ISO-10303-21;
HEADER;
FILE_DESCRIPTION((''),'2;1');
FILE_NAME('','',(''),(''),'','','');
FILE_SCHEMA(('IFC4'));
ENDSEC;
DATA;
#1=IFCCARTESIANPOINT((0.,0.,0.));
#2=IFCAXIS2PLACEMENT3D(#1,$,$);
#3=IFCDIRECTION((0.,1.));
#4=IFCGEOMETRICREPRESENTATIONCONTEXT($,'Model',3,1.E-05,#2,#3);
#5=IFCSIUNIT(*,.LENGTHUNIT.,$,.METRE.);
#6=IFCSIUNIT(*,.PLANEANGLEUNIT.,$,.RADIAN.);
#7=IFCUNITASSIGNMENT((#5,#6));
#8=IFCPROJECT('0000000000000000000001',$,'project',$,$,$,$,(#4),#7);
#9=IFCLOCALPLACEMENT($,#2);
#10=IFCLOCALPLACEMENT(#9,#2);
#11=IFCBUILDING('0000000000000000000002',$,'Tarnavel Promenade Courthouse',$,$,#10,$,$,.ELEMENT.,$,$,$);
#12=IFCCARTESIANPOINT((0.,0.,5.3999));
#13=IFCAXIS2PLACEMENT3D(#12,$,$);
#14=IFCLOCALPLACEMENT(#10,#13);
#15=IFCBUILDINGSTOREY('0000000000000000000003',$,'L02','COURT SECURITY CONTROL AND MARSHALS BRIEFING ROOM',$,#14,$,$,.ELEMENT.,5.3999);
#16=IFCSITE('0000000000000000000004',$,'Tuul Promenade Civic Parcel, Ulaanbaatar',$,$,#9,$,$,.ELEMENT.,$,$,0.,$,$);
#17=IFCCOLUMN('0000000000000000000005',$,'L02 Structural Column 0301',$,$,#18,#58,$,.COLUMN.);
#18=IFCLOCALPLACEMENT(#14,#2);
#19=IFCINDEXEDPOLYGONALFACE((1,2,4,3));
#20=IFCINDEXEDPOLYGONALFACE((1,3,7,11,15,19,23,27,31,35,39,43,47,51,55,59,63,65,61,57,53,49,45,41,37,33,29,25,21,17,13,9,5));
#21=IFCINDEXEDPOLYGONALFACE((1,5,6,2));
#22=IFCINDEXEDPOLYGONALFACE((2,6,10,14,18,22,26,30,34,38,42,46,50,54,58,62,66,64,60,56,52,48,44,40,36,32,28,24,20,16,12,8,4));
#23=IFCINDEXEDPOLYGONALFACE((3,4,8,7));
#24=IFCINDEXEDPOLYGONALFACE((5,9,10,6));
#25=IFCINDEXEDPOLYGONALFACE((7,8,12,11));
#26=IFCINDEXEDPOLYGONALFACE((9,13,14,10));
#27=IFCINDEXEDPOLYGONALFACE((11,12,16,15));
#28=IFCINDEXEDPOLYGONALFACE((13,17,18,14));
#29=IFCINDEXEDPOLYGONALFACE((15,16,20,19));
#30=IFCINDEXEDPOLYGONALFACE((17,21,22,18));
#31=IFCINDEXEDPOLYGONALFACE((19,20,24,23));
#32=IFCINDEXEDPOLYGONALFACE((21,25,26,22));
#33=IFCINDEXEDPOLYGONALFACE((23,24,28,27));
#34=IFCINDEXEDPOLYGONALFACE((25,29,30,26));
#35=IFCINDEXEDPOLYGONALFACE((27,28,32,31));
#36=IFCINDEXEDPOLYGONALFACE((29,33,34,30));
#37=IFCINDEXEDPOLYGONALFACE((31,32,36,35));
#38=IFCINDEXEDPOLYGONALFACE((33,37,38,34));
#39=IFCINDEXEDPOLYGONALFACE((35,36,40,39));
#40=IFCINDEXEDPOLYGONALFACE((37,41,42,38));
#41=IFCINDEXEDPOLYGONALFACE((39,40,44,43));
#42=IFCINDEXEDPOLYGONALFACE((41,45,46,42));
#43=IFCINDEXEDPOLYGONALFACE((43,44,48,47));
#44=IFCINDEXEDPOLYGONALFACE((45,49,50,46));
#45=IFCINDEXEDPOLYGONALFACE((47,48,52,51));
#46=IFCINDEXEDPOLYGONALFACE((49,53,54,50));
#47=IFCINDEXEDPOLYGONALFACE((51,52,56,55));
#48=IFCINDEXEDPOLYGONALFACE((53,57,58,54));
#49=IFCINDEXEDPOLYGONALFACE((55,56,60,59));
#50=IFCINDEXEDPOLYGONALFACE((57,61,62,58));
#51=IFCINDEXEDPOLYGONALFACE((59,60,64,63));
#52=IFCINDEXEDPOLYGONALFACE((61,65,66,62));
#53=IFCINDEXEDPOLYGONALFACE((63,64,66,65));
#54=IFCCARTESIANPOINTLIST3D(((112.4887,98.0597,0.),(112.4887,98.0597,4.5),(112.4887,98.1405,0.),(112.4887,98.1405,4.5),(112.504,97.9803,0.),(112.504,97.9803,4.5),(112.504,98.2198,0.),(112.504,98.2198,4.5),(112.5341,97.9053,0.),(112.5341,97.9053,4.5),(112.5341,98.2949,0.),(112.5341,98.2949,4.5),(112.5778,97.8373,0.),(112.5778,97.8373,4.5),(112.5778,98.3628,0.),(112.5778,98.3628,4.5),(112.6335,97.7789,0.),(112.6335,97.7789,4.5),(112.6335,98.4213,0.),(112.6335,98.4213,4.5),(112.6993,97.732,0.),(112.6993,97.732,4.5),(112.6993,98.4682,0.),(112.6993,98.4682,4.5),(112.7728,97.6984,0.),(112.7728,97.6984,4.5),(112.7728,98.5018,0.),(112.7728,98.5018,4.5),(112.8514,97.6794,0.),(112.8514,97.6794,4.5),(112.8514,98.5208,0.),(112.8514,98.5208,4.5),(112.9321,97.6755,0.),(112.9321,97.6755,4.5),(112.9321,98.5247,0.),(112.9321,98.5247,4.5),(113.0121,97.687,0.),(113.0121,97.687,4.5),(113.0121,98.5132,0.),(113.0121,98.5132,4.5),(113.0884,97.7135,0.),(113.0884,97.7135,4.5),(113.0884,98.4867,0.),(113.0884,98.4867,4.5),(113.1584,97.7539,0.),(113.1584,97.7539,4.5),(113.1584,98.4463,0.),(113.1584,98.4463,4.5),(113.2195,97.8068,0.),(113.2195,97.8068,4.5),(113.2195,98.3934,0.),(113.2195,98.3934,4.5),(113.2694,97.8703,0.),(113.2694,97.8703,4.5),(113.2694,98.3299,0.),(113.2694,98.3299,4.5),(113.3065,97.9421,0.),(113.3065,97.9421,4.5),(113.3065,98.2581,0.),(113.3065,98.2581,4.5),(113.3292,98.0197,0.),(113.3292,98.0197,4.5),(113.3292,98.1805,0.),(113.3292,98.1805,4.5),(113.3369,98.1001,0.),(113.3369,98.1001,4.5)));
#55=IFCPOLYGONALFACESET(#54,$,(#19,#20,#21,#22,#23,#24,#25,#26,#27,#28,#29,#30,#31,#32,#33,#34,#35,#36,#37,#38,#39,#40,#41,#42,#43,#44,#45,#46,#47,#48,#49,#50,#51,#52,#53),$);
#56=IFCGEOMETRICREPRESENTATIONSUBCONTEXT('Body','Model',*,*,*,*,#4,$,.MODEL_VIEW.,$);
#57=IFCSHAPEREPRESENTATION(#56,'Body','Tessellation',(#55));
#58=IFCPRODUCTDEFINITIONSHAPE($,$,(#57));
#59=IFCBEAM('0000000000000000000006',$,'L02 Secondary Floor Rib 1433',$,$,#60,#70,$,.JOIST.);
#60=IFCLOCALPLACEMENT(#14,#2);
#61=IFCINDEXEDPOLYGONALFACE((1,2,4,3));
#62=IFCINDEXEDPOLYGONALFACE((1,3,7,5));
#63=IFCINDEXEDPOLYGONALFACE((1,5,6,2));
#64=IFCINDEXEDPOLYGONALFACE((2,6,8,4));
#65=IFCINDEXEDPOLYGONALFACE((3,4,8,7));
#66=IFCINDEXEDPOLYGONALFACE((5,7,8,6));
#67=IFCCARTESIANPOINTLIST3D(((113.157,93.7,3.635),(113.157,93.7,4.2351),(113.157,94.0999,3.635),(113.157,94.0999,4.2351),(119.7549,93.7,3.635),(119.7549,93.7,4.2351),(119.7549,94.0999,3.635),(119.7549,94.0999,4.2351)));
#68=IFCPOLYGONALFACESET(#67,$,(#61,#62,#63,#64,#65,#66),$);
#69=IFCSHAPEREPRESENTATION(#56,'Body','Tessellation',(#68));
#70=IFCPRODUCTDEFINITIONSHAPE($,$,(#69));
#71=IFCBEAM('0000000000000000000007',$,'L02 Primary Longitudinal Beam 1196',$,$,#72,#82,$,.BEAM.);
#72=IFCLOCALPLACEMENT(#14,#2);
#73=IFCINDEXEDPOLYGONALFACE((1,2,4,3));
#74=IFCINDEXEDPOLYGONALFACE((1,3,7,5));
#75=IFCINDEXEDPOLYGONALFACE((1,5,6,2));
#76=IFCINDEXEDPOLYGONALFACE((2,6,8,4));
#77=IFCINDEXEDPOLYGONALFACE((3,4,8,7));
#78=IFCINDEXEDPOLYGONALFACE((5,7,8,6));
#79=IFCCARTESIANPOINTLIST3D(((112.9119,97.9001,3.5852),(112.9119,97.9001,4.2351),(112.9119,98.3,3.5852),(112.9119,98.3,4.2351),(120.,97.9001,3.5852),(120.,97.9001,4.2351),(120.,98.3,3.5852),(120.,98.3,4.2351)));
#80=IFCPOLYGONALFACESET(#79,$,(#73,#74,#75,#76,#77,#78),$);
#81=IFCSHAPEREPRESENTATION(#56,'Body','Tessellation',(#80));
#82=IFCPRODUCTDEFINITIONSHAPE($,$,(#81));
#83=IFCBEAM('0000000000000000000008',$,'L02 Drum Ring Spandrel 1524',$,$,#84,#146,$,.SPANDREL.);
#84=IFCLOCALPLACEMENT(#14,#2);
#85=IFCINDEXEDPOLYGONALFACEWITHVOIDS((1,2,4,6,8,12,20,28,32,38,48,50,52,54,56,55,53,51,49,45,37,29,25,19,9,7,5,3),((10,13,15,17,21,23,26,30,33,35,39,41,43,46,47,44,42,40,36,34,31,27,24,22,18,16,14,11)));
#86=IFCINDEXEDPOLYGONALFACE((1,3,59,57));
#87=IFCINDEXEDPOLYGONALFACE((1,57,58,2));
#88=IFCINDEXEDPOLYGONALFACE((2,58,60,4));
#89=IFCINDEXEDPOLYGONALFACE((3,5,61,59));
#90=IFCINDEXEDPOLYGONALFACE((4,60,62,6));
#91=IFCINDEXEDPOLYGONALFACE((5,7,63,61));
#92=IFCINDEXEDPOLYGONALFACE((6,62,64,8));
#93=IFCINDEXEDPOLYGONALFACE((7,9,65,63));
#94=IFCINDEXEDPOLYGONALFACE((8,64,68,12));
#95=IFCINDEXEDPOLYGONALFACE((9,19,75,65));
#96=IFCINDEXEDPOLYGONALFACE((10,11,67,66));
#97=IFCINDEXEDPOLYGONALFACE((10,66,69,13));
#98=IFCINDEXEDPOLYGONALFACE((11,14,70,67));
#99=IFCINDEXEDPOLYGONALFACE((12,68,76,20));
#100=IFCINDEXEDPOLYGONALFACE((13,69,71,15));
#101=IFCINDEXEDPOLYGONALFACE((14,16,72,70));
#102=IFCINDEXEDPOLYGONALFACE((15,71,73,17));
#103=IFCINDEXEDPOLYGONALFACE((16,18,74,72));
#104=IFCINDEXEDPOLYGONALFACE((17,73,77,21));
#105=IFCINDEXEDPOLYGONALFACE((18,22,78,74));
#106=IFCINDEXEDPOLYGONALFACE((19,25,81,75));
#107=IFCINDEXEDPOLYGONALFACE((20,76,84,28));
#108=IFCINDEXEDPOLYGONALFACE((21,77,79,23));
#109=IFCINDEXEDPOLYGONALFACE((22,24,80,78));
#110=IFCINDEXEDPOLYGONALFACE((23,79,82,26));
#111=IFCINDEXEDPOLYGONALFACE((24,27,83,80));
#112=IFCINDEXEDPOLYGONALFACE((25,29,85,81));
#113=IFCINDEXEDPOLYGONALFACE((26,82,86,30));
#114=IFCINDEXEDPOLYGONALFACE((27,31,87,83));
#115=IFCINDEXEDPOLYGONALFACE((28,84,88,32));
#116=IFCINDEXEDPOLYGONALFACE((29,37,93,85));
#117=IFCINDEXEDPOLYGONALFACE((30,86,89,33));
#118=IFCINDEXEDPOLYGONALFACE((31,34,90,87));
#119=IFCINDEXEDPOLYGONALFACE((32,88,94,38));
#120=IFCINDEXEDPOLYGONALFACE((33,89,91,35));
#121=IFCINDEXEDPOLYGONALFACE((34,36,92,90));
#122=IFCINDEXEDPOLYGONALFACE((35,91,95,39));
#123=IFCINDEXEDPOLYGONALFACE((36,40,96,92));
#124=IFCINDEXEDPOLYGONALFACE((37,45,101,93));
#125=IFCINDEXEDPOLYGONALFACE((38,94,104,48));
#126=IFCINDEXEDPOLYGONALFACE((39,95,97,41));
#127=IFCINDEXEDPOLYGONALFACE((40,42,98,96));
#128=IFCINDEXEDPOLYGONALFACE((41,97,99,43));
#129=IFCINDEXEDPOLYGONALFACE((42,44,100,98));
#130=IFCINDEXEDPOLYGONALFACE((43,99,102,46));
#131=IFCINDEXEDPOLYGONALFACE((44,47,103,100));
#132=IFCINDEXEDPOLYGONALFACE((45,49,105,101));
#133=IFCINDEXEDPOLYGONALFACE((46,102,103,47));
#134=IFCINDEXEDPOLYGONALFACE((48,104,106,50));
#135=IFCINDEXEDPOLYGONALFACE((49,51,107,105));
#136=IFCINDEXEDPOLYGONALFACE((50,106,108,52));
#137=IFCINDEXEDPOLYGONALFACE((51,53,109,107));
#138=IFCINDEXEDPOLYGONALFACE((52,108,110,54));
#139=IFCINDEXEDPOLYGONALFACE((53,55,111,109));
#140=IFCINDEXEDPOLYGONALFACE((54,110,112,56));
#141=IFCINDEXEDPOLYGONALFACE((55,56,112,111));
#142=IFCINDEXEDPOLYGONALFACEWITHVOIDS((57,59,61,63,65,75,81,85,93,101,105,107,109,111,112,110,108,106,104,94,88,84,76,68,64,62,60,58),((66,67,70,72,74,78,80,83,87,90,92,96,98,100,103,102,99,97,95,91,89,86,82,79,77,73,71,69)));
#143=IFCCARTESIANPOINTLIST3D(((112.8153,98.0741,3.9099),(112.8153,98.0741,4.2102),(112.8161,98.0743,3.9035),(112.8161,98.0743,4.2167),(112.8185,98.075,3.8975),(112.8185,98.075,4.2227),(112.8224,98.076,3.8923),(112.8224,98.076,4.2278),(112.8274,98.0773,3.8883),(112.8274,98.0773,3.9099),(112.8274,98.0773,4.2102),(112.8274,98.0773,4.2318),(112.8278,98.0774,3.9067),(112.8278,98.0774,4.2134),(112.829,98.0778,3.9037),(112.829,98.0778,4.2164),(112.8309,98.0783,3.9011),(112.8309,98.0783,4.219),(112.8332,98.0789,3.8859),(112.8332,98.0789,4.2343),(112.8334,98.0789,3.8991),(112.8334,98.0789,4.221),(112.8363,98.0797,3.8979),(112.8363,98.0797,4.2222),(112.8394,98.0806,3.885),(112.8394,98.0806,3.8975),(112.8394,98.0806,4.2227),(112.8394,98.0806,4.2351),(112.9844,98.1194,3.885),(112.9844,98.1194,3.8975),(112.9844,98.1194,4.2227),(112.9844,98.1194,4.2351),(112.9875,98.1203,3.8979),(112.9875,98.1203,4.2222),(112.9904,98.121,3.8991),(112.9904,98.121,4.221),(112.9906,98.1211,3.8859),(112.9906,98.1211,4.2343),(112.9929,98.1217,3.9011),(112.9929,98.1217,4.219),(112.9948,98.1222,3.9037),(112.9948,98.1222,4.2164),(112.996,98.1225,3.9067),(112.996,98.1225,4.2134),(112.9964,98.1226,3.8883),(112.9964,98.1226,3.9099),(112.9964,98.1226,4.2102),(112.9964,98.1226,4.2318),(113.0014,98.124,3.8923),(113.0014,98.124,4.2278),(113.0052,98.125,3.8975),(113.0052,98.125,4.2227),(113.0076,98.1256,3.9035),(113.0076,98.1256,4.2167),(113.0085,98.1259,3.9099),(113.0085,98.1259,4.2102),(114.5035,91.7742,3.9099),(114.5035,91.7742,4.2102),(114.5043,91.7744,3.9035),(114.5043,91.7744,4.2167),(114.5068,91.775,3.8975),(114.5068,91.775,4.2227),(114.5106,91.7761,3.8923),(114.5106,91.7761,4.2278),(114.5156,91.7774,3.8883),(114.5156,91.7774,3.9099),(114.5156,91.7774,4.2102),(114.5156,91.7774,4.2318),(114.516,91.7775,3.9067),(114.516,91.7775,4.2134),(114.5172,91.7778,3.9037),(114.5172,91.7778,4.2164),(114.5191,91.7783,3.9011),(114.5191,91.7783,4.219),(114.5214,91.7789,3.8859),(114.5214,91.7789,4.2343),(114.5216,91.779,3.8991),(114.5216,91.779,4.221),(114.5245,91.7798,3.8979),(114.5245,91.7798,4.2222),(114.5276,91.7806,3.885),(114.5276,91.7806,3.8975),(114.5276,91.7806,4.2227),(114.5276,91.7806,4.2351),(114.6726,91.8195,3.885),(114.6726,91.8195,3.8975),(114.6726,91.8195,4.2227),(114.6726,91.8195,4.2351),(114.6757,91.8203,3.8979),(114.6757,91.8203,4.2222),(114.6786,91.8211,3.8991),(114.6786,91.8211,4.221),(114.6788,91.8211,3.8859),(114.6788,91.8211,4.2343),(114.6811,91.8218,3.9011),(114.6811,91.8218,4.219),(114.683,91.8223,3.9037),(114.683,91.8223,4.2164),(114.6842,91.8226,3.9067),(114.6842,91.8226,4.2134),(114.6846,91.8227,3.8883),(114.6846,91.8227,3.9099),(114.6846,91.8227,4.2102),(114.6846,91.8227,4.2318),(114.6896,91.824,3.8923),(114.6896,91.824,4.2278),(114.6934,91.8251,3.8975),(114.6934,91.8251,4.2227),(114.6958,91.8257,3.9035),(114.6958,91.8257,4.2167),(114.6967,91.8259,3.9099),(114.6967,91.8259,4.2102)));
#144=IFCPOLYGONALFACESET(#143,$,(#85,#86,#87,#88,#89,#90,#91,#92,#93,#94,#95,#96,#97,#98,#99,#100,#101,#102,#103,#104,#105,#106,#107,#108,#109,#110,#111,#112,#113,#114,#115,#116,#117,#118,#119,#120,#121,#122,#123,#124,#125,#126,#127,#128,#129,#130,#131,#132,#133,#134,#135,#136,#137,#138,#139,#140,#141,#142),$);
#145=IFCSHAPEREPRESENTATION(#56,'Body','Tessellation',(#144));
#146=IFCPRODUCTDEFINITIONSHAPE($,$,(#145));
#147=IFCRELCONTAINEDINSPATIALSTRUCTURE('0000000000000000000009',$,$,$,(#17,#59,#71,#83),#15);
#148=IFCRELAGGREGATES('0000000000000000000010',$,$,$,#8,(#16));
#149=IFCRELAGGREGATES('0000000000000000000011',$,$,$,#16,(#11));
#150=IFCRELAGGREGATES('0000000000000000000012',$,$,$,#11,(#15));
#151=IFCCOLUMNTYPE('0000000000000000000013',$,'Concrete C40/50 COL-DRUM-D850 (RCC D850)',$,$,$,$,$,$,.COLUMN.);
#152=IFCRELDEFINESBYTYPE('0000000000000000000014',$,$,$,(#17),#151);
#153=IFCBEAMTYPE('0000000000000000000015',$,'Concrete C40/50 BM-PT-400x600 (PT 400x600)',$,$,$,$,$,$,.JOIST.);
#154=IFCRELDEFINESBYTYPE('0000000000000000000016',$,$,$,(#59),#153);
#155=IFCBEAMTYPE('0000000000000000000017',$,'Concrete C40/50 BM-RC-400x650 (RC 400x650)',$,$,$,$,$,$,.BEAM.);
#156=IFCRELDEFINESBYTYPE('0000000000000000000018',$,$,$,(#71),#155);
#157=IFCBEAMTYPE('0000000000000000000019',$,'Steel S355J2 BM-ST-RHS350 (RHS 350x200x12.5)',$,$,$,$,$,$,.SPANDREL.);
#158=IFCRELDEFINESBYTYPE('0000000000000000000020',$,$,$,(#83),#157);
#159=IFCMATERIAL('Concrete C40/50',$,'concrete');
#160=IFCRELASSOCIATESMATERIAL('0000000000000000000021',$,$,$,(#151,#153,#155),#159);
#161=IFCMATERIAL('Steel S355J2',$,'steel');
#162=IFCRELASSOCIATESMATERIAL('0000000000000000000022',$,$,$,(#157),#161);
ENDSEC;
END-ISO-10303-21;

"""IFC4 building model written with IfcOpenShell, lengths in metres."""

from ifc_helpers import new_model, si_unit, direction, frame, origin, origin_2d, place, context, subcontext, project, spatial, rectangle, hollow_rectangle, circle, extrude, material, material_profile, profile_set, type_object, element, save


model = new_model("IFC4")

# Units and contexts
model_context = context("Model", 3, precision=1e-05, world=origin(), true_north=direction((0.0, 1.0)))
body_context = subcontext(model_context, "Body", "Model", "MODEL_VIEW")
ifc_project = project(units=[si_unit("LENGTHUNIT", "METRE"), si_unit("PLANEANGLEUNIT", "RADIAN")], contexts=[model_context])

# Site, building, storey
site_placement = place(None, origin())
site = spatial("IfcSite", under=ifc_project, at=site_placement, Name="Tuul Promenade Civic Parcel, Ulaanbaatar", CompositionType="ELEMENT", RefElevation=0.0)
building_placement = place(site_placement, origin())
building = spatial("IfcBuilding", under=site, at=building_placement, Name="Tarnavel Promenade Courthouse", CompositionType="ELEMENT")
storey_placement = place(building_placement, frame((0.0, 0.0, 5.3999)))
storey = spatial("IfcBuildingStorey", under=building, at=storey_placement, Name="L02", Description="COURT SECURITY CONTROL AND MARSHALS BRIEFING ROOM", CompositionType="ELEMENT", Elevation=5.3999)

# Column
ifc_material_1 = material(Name="Concrete C40/50", Category="concrete")
ifc_material_profile_1 = material_profile(ifc_material_1, circle(Radius=0.425, at=origin_2d()), Name="RCC D850")
ifc_profile_set_1 = profile_set([ifc_material_profile_1], Name="Concrete C40/50")
column_type = type_object("IfcColumnType", Name="Concrete C40/50 COL-DRUM-D850 (RCC D850)", PredefinedType="COLUMN", material=ifc_profile_set_1)
column_placement = place(storey_placement, frame((112.9119, 98.1001, 0.0), z_axis=(0.0, 0.0, 1.0), x_axis=(1.0, 0.0, 0.0)))
element("IfcColumn", 1, at=column_placement, inside=storey, type_object=column_type, Name="L02 Structural Column 0301", PredefinedType="COLUMN", context=body_context, shape_type="SweptSolid", body=[
    extrude(circle(Radius=0.425, at=origin_2d()), origin(), (0.0, 0.0, 1.0), 4.5),
])

# Beams
ifc_material_profile_2 = material_profile(ifc_material_1, rectangle(XDim=0.3999, YDim=0.6001, at=origin_2d()), Name="PT 400x600")
ifc_profile_set_2 = profile_set([ifc_material_profile_2], Name="Concrete C40/50")
beam_type_1 = type_object("IfcBeamType", Name="Concrete C40/50 BM-PT-400x600 (PT 400x600)", PredefinedType="JOIST", material=ifc_profile_set_2)
beam_1_placement = place(storey_placement, frame((113.157, 93.8999, 3.9351), z_axis=(1.0, 0.0, 0.0), x_axis=(0.0, 1.0, 0.0)))
element("IfcBeam", 2, at=beam_1_placement, inside=storey, type_object=beam_type_1, Name="L02 Secondary Floor Rib 1433", PredefinedType="JOIST", context=body_context, shape_type="SweptSolid", body=[
    extrude(rectangle(XDim=0.3999, YDim=0.6001, at=origin_2d()), origin(), (0.0, 0.0, 1.0), 6.5979),
])
ifc_material_profile_3 = material_profile(ifc_material_1, rectangle(XDim=0.3999, YDim=0.6499, at=origin_2d()), Name="RC 400x650")
ifc_profile_set_3 = profile_set([ifc_material_profile_3], Name="Concrete C40/50")
beam_type_2 = type_object("IfcBeamType", Name="Concrete C40/50 BM-RC-400x650 (RC 400x650)", PredefinedType="BEAM", material=ifc_profile_set_3)
beam_2_placement = place(storey_placement, frame((112.9119, 98.1001, 3.9102), z_axis=(1.0, 0.0, 0.0), x_axis=(0.0, 1.0, 0.0)))
element("IfcBeam", 3, at=beam_2_placement, inside=storey, type_object=beam_type_2, Name="L02 Primary Longitudinal Beam 1196", PredefinedType="BEAM", context=body_context, shape_type="SweptSolid", body=[
    extrude(rectangle(XDim=0.3999, YDim=0.6499, at=origin_2d()), origin(), (0.0, 0.0, 1.0), 7.0881),
])
ifc_material_2 = material(Name="Steel S355J2", Category="steel")
ifc_material_profile_4 = material_profile(ifc_material_2, hollow_rectangle(XDim=0.2, YDim=0.3501, WallThickness=0.0125, InnerFilletRadius=0.0125, OuterFilletRadius=0.0249, at=origin_2d()), Name="RHS 350x200x12.5")
ifc_profile_set_4 = profile_set([ifc_material_profile_4], Name="Steel S355J2")
beam_type_3 = type_object("IfcBeamType", Name="Steel S355J2 BM-ST-RHS350 (RHS 350x200x12.5)", PredefinedType="SPANDREL", material=ifc_profile_set_4)
beam_3_placement = place(storey_placement, frame((114.6001, 91.8, 4.0601), z_axis=(-0.258839, 0.96592, 0.0), x_axis=(-0.96592, -0.258839, 0.0)))
element("IfcBeam", 4, at=beam_3_placement, inside=storey, type_object=beam_type_3, Name="L02 Drum Ring Spandrel 1524", PredefinedType="SPANDREL", context=body_context, shape_type="SweptSolid", body=[
    extrude(hollow_rectangle(XDim=0.2, YDim=0.3501, WallThickness=0.0125, InnerFilletRadius=0.0125, OuterFilletRadius=0.0249, at=origin_2d()), origin(), (0.0, 0.0, 1.0), 6.5222),
])

save(model, "model.ifc")
